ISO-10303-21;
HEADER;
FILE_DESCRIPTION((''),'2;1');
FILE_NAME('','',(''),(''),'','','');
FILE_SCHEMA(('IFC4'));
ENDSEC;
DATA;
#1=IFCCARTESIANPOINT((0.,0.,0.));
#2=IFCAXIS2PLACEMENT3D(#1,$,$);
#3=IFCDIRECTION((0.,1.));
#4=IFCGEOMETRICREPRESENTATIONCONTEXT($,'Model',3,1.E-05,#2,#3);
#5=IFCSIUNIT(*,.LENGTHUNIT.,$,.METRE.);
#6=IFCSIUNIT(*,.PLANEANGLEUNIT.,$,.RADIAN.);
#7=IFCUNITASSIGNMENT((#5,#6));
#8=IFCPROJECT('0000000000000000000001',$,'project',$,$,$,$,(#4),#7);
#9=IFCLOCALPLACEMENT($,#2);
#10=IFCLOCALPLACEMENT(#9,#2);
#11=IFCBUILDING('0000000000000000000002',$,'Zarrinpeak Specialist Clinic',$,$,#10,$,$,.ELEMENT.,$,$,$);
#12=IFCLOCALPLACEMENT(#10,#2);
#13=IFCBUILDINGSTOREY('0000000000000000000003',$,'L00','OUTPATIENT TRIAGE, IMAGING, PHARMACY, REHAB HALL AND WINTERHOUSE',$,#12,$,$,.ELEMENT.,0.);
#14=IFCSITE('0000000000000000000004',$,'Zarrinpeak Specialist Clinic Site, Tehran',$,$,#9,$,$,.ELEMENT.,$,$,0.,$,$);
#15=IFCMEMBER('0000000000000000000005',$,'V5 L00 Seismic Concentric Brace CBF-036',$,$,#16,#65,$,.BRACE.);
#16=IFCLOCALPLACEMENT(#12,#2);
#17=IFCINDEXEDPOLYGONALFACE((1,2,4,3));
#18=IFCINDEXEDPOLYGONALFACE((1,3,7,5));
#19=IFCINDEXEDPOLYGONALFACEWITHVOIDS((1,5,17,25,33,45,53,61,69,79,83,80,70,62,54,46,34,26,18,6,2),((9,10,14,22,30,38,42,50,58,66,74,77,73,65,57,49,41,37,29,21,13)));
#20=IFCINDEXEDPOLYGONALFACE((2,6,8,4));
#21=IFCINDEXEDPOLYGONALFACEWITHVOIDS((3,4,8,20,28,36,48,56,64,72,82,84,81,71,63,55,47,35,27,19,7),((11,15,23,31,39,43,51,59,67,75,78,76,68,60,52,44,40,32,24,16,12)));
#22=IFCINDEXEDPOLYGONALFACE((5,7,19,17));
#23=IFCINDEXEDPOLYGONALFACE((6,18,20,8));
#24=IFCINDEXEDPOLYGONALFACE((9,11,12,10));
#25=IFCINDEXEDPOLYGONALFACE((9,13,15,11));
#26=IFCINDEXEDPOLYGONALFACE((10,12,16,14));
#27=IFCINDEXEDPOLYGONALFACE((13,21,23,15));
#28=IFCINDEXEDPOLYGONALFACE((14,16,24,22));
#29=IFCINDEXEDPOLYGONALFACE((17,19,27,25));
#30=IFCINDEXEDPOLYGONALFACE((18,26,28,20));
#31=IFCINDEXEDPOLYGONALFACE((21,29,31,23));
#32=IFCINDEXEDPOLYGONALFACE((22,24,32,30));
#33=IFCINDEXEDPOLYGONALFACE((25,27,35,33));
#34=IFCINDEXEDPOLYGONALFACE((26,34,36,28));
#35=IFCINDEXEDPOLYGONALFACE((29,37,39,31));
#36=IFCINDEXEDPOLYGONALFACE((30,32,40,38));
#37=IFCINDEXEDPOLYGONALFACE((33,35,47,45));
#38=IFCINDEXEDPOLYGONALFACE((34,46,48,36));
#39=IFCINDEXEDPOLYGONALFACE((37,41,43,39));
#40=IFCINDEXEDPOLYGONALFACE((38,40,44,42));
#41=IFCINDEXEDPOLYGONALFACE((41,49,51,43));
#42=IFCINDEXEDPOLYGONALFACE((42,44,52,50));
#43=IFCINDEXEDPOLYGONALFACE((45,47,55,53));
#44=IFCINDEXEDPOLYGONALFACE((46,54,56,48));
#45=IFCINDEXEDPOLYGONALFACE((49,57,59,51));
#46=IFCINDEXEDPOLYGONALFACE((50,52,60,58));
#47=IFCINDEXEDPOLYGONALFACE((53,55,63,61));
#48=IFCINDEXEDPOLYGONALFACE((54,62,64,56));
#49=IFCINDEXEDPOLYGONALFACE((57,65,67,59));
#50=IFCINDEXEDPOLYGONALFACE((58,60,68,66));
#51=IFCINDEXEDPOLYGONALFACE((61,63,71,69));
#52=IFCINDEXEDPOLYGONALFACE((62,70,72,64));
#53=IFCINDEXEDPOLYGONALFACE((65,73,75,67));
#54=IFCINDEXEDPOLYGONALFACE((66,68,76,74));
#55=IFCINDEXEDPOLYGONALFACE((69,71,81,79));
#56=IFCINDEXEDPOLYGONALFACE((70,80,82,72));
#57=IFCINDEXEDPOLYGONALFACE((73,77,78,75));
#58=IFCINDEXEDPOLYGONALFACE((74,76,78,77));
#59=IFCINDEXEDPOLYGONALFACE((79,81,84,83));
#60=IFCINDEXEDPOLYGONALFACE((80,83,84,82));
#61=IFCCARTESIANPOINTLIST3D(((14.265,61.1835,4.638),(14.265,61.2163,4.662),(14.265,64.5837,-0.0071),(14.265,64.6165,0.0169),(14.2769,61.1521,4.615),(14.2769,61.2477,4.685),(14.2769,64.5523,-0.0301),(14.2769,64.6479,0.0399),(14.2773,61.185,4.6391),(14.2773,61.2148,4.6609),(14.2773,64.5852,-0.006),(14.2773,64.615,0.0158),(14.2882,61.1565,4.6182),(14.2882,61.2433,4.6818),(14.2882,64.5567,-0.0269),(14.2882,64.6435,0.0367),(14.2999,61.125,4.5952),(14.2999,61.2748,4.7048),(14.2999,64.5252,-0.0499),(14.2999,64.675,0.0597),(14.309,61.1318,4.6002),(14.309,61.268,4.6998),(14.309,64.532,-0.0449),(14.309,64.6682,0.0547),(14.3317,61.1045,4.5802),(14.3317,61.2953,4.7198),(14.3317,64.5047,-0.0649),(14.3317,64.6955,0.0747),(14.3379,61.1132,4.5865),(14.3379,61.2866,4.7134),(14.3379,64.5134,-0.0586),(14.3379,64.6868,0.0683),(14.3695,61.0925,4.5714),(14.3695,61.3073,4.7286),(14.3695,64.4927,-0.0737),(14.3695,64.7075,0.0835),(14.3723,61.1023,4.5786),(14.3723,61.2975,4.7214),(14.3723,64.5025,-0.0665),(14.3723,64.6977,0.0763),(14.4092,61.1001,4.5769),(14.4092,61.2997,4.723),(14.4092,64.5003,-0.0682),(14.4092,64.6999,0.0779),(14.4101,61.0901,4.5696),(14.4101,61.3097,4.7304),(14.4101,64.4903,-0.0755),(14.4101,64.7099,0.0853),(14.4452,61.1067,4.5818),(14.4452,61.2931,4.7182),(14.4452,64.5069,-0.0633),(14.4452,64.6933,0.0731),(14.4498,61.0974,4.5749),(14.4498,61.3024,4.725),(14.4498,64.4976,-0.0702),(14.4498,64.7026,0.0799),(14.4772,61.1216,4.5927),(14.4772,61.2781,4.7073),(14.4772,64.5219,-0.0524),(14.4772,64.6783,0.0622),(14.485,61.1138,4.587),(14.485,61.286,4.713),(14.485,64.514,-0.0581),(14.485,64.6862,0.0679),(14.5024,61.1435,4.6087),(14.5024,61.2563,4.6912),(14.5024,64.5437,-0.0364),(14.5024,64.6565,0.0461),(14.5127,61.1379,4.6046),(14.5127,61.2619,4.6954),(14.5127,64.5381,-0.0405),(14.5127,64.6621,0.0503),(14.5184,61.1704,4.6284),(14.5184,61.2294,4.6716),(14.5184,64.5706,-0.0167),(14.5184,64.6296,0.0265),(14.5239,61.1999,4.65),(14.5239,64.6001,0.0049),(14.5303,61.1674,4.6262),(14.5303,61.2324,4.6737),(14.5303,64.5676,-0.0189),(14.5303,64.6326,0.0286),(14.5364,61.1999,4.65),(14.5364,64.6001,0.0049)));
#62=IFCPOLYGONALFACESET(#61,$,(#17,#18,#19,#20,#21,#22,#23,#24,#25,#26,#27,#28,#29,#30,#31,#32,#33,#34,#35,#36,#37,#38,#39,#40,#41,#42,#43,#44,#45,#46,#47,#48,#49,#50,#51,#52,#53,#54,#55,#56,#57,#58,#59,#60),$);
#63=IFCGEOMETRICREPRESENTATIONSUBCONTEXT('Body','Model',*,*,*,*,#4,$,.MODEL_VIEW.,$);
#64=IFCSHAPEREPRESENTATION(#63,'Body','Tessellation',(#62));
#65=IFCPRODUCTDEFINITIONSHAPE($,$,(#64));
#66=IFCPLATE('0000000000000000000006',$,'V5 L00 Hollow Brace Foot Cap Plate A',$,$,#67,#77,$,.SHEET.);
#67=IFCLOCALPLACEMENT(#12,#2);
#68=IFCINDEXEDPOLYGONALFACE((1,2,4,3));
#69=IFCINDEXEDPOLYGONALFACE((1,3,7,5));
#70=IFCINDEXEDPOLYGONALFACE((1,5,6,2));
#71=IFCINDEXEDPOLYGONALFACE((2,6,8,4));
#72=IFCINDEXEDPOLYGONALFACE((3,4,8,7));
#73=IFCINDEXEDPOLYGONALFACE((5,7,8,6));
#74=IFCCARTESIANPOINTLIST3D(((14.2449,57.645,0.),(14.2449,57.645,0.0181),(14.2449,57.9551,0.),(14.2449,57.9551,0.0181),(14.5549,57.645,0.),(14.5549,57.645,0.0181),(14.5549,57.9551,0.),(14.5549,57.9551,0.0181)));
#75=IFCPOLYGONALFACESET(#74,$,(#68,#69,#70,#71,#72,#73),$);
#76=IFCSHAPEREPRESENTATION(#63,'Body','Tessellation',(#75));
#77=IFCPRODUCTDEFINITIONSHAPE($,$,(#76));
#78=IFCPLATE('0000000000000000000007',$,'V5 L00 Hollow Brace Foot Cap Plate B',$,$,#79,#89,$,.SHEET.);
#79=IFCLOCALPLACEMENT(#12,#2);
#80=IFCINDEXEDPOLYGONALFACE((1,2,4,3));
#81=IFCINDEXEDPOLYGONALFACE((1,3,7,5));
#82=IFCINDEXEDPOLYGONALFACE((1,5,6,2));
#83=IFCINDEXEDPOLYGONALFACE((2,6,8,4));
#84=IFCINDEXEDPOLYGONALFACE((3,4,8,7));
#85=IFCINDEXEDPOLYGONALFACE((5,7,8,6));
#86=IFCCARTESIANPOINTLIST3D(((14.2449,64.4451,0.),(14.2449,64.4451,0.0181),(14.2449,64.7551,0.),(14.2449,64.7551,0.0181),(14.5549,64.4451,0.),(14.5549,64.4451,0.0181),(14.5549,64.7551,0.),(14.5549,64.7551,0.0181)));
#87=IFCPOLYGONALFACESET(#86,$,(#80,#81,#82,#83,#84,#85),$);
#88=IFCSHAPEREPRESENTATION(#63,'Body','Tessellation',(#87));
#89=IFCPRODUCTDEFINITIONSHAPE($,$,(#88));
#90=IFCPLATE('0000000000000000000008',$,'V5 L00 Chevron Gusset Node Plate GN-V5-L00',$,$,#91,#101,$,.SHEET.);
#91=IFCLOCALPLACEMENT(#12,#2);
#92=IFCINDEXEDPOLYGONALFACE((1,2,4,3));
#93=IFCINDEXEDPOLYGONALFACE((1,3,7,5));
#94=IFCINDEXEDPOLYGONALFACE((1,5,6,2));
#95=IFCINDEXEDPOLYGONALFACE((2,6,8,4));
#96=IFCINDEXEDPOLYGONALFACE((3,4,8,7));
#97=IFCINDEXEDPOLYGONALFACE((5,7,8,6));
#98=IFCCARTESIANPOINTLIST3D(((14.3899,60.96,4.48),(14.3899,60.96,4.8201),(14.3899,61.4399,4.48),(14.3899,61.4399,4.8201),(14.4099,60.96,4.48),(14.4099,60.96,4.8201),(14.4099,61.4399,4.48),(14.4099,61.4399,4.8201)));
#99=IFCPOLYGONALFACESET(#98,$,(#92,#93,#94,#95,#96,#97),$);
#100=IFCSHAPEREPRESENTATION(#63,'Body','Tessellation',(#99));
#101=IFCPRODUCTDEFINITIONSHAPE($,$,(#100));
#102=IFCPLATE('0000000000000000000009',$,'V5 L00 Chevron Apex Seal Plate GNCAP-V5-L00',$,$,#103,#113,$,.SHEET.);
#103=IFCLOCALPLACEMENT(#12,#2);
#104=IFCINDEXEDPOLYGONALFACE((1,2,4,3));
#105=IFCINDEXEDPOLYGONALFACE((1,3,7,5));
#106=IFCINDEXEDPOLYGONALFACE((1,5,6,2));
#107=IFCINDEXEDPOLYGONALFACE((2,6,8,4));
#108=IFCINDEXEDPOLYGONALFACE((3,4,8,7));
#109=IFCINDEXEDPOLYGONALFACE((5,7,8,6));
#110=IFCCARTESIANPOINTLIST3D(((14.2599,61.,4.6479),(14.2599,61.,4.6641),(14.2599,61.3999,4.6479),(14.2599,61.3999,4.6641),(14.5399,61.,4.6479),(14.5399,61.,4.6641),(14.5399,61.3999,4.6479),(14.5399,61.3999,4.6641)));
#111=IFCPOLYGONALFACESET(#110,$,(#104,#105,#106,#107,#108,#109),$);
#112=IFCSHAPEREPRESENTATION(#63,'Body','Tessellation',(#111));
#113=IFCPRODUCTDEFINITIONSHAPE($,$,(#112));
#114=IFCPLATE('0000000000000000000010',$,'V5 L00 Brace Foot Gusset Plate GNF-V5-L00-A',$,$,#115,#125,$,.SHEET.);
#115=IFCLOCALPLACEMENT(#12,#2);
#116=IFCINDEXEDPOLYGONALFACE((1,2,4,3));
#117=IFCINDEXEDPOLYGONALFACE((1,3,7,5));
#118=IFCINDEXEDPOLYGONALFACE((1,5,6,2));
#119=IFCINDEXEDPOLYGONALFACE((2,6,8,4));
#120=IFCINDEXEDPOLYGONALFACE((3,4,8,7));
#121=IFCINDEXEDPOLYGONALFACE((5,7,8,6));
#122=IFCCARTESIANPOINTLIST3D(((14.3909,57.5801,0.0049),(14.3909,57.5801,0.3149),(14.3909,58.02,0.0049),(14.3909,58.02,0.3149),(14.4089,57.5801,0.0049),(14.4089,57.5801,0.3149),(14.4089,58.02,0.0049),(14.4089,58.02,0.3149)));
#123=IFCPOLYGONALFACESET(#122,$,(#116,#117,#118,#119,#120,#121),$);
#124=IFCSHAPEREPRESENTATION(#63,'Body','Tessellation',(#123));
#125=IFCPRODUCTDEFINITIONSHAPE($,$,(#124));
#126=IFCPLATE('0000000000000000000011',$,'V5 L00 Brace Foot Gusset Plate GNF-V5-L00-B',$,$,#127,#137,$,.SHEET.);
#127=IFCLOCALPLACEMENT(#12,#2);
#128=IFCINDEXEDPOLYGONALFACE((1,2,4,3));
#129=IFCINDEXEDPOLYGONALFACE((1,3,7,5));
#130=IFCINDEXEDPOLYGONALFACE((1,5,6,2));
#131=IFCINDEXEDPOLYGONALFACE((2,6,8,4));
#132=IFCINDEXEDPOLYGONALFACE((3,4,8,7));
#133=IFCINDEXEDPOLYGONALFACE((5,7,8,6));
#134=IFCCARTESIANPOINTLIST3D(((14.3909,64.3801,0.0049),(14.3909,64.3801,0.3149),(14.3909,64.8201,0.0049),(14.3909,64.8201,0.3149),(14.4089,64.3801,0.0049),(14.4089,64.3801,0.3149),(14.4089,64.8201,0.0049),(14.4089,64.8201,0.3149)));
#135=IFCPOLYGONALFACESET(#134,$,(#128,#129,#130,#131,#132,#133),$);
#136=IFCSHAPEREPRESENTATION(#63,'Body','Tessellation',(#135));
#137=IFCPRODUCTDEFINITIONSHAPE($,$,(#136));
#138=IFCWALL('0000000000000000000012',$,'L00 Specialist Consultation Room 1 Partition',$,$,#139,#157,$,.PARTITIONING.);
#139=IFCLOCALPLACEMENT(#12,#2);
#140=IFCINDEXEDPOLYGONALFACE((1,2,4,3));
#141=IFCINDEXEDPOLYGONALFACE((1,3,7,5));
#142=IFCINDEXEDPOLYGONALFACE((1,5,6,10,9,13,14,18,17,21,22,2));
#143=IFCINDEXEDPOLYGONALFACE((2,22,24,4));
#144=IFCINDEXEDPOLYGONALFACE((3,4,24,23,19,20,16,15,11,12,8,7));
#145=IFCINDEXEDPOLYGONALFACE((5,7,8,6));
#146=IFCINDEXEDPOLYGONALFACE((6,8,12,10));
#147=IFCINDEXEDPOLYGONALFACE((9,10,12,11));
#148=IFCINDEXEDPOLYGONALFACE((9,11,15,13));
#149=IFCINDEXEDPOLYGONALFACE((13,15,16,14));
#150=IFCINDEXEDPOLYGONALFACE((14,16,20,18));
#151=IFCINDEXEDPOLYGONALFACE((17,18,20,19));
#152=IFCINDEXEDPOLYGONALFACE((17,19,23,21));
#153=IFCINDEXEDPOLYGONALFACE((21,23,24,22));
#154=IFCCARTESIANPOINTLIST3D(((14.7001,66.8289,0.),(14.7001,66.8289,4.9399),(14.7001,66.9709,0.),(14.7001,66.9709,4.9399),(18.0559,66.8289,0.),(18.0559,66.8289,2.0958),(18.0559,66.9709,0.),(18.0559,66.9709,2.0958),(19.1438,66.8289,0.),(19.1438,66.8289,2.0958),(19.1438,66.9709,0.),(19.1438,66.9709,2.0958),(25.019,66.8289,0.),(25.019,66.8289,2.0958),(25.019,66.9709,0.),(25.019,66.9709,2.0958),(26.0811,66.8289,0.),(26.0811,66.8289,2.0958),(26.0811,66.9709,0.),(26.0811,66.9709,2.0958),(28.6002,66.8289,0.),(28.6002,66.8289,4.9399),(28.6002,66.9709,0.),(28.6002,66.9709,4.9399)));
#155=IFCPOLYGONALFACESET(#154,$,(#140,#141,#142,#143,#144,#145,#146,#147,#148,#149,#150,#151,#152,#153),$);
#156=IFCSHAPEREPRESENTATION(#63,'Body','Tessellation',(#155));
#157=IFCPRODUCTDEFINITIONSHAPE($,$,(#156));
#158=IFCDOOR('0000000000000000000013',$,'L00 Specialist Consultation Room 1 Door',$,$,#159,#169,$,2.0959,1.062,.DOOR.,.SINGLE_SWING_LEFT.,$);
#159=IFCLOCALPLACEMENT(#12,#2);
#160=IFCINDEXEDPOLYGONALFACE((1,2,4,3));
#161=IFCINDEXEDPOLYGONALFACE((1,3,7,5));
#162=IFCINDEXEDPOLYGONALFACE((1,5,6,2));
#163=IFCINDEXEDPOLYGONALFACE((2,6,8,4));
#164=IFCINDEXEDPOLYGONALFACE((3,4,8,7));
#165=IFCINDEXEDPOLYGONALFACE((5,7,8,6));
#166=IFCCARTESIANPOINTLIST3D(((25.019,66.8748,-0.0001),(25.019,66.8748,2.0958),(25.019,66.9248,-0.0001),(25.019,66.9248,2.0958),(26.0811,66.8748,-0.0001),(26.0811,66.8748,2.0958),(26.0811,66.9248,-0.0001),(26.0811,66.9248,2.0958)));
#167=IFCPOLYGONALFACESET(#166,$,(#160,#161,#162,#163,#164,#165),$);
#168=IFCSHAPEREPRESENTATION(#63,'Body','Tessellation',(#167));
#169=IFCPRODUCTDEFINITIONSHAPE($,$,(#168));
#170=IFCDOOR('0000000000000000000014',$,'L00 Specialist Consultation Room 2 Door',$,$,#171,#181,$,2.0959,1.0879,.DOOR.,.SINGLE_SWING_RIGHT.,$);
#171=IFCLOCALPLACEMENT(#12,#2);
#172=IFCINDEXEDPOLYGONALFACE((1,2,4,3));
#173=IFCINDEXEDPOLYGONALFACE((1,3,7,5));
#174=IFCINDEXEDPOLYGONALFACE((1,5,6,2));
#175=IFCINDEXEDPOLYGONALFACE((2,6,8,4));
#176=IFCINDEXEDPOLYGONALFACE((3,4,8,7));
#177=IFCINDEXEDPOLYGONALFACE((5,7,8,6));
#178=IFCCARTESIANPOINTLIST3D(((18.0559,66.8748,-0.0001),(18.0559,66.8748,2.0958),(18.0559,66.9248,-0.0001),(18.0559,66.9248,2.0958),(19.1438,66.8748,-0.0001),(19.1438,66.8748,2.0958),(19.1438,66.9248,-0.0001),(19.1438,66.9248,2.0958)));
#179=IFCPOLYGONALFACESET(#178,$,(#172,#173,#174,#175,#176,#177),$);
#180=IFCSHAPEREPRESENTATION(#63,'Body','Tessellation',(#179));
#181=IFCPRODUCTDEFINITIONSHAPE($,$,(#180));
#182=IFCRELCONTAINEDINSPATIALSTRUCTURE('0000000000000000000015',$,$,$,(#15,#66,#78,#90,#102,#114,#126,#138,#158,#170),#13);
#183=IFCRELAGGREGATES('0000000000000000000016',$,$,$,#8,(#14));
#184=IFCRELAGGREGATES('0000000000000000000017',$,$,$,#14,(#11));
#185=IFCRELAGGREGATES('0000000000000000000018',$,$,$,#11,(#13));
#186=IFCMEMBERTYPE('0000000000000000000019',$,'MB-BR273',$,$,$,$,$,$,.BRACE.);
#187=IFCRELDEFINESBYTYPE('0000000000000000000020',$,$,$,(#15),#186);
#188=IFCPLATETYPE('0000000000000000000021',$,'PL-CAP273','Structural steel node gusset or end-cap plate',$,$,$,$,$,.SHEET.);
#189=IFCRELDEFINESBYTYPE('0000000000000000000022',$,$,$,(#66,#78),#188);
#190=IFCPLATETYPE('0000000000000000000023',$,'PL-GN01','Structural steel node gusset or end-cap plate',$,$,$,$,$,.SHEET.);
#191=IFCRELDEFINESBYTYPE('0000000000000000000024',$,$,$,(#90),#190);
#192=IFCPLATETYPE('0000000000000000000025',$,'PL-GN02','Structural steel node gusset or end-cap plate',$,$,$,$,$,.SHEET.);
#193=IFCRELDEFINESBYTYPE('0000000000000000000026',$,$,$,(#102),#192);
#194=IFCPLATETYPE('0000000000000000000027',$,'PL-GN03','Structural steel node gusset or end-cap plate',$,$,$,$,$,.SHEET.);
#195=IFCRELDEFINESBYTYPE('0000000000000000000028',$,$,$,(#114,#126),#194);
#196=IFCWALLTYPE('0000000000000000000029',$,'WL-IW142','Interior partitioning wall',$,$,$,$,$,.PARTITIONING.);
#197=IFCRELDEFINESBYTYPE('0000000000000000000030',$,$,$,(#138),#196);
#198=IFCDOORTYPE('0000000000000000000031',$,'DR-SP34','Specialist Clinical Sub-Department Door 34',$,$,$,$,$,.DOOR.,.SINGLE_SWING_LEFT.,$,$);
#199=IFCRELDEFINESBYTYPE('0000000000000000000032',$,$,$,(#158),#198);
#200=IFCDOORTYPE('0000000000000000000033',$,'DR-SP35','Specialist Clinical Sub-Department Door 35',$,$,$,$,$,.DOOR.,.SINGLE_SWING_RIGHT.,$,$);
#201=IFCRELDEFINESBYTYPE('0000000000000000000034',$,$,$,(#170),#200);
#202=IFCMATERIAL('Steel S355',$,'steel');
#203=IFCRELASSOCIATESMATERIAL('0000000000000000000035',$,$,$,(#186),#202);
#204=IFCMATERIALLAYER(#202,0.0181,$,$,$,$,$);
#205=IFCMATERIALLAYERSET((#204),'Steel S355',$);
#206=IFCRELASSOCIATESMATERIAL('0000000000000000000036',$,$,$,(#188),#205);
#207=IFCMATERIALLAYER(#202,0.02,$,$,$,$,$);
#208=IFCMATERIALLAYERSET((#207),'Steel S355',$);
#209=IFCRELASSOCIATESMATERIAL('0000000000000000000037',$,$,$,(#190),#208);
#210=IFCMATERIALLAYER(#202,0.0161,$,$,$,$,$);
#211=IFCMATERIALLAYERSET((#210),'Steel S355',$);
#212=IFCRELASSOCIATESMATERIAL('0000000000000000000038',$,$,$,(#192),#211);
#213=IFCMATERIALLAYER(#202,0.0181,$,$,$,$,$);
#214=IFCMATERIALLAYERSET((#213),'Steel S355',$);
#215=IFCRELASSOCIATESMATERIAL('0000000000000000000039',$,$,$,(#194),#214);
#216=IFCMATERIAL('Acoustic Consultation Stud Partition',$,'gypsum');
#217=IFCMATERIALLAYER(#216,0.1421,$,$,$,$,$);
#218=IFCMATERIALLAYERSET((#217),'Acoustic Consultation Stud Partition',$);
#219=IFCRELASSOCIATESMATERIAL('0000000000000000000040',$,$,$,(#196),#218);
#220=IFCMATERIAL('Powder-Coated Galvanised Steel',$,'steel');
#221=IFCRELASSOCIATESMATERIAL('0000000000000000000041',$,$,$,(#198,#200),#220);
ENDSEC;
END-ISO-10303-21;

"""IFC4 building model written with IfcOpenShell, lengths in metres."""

from ifc_helpers import new_model, si_unit, direction, frame, frame_2d, origin, origin_2d, place, context, subcontext, project, spatial, rectangle, hollow_circle, extrude, material, layer, layer_set, material_profile, profile_set, type_object, element, fill, save


model = new_model("IFC4")

# Units and contexts
model_context = context("Model", 3, precision=1e-05, world=origin(), true_north=direction((0.0, 1.0)))
body_context = subcontext(model_context, "Body", "Model", "MODEL_VIEW")
ifc_project = project(units=[si_unit("LENGTHUNIT", "METRE"), si_unit("PLANEANGLEUNIT", "RADIAN")], contexts=[model_context])

# Site, building, storey
site_placement = place(None, origin())
site = spatial("IfcSite", under=ifc_project, at=site_placement, Name="Zarrinpeak Specialist Clinic Site, Tehran", CompositionType="ELEMENT", RefElevation=0.0)
building_placement = place(site_placement, origin())
building = spatial("IfcBuilding", under=site, at=building_placement, Name="Zarrinpeak Specialist Clinic", CompositionType="ELEMENT")
storey_placement = place(building_placement, origin())
storey = spatial("IfcBuildingStorey", under=building, at=storey_placement, Name="L00", Description="OUTPATIENT TRIAGE, IMAGING, PHARMACY, REHAB HALL AND WINTERHOUSE", CompositionType="ELEMENT", Elevation=0.0)

# Shared definitions
ifc_material_1 = material(Name="Steel S355", Category="steel")

# Member
ifc_material_profile_1 = material_profile(ifc_material_1, hollow_circle(Radius=0.1365, WallThickness=0.0125, at=origin_2d()), Name="CHS 273.0x12.5")
ifc_profile_set_1 = profile_set([ifc_material_profile_1], Name="Steel S355")
member_type = type_object("IfcMemberType", Name="MB-BR273", PredefinedType="BRACE", material=ifc_profile_set_1)
member_1_placement = place(storey_placement, frame((14.3999, 64.6001, 0.0049), z_axis=(0.0, -0.590663, 0.806918), x_axis=(1.0, 0.0, 0.0)))
element("IfcMember", 1, at=member_1_placement, inside=storey, type_object=member_type, Name="V5 L00 Seismic Concentric Brace CBF-036", PredefinedType="BRACE", context=body_context, shape_type="SweptSolid", body=[
    extrude(hollow_circle(Radius=0.1365, WallThickness=0.0125, at=origin_2d()), origin(), (0.0, 0.0, 1.0), 5.7566),
])

# Plates
ifc_layer_1 = layer(ifc_material_1, 0.0181)
ifc_layer_set_1 = layer_set([ifc_layer_1], Name="Steel S355")
plate_type_1 = type_object("IfcPlateType", Name="PL-CAP273", Description="Structural steel node gusset or end-cap plate", PredefinedType="SHEET", material=ifc_layer_set_1)
for number, where, z_axis, x_axis, name in (
    (2, (14.3999, 57.8, 0.0), (0.0, 0.0, 1.0), (1.0, 0.0, 0.0), "V5 L00 Hollow Brace Foot Cap Plate A"),
    (3, (14.3999, 64.6001, 0.0), (0.0, 0.0, 1.0), (1.0, 0.0, 0.0), "V5 L00 Hollow Brace Foot Cap Plate B"),
):
    element("IfcPlate", number, at=place(storey_placement, frame(where, z_axis=z_axis, x_axis=x_axis)), inside=storey, type_object=plate_type_1, Name=name, PredefinedType="SHEET", context=body_context, shape_type="SweptSolid", body=[
        extrude(rectangle(XDim=0.3101, YDim=0.3101, at=origin_2d()), origin(), (0.0, 0.0, 1.0), 0.0181),
    ])
ifc_layer_2 = layer(ifc_material_1, 0.02)
ifc_layer_set_2 = layer_set([ifc_layer_2], Name="Steel S355")
plate_type_2 = type_object("IfcPlateType", Name="PL-GN01", Description="Structural steel node gusset or end-cap plate", PredefinedType="SHEET", material=ifc_layer_set_2)
plate_1_placement = place(storey_placement, frame((14.3999, 61.2, 4.48), z_axis=(0.0, 0.0, 1.0), x_axis=(1.0, 0.0, 0.0)))
element("IfcPlate", 4, at=plate_1_placement, inside=storey, type_object=plate_type_2, Name="V5 L00 Chevron Gusset Node Plate GN-V5-L00", PredefinedType="SHEET", context=body_context, shape_type="SweptSolid", body=[
    extrude(rectangle(XDim=0.02, YDim=0.48, at=origin_2d()), origin(), (0.0, 0.0, 1.0), 0.3401),
])
ifc_layer_3 = layer(ifc_material_1, 0.0161)
ifc_layer_set_3 = layer_set([ifc_layer_3], Name="Steel S355")
plate_type_3 = type_object("IfcPlateType", Name="PL-GN02", Description="Structural steel node gusset or end-cap plate", PredefinedType="SHEET", material=ifc_layer_set_3)
plate_2_placement = place(storey_placement, frame((14.3999, 61.2, 4.6479), z_axis=(0.0, 0.0, 1.0), x_axis=(1.0, 0.0, 0.0)))
element("IfcPlate", 5, at=plate_2_placement, inside=storey, type_object=plate_type_3, Name="V5 L00 Chevron Apex Seal Plate GNCAP-V5-L00", PredefinedType="SHEET", context=body_context, shape_type="SweptSolid", body=[
    extrude(rectangle(XDim=0.28, YDim=0.3999, at=origin_2d()), origin(), (0.0, 0.0, 1.0), 0.0161),
])
ifc_layer_4 = layer(ifc_material_1, 0.0181)
ifc_layer_set_4 = layer_set([ifc_layer_4], Name="Steel S355")
plate_type_4 = type_object("IfcPlateType", Name="PL-GN03", Description="Structural steel node gusset or end-cap plate", PredefinedType="SHEET", material=ifc_layer_set_4)
for number, where, z_axis, x_axis, name in (
    (6, (14.3999, 57.8, 0.0049), (0.0, 0.0, 1.0), (1.0, 0.0, 0.0), "V5 L00 Brace Foot Gusset Plate GNF-V5-L00-A"),
    (7, (14.3999, 64.6001, 0.0049), (0.0, 0.0, 1.0), (1.0, 0.0, 0.0), "V5 L00 Brace Foot Gusset Plate GNF-V5-L00-B"),
):
    element("IfcPlate", number, at=place(storey_placement, frame(where, z_axis=z_axis, x_axis=x_axis)), inside=storey, type_object=plate_type_4, Name=name, PredefinedType="SHEET", context=body_context, shape_type="SweptSolid", body=[
        extrude(rectangle(XDim=0.0181, YDim=0.4399, at=origin_2d()), origin(), (0.0, 0.0, 1.0), 0.3101),
    ])

# Wall, openings, doors
ifc_material_2 = material(Name="Acoustic Consultation Stud Partition", Category="gypsum")
ifc_layer_5 = layer(ifc_material_2, 0.1421)
ifc_layer_set_5 = layer_set([ifc_layer_5], Name="Acoustic Consultation Stud Partition")
wall_type_1 = type_object("IfcWallType", Name="WL-IW142", Description="Interior partitioning wall", PredefinedType="PARTITIONING", material=ifc_layer_set_5)
wall_1_placement = place(storey_placement, frame((14.7, 66.8999, 0.0), z_axis=(0.0, 0.0, 1.0), x_axis=(1.0, 0.0, 0.0)))
wall_1 = element("IfcWall", 8, at=wall_1_placement, inside=storey, type_object=wall_type_1, Name="L00 Specialist Consultation Room 1 Partition", PredefinedType="PARTITIONING", context=body_context, shape_type="SweptSolid", body=[
    extrude(rectangle(XDim=13.9001, YDim=0.1421, at=frame_2d((6.9502, 0.0))), origin(), (0.0, 0.0, 1.0), 4.9399),
])
opening_1_placement = place(wall_1_placement, frame((10.3191, 0.0, 0.0)))
opening_1 = element("IfcOpeningElement", 9, at=opening_1_placement, cuts=wall_1, PredefinedType="OPENING", context=body_context, shape_type="SweptSolid", body=[
    extrude(rectangle(XDim=1.062, YDim=2.0959, at=frame_2d((0.531, 1.0479))), frame((0.0, 0.0811, 0.0), z_axis=(0.0, -1.0, 0.0), x_axis=(1.0, 0.0, 0.0)), (0.0, 0.0, 1.0), 0.1621),
])
opening_2_placement = place(wall_1_placement, frame((3.356, 0.0, 0.0)))
opening_2 = element("IfcOpeningElement", 10, at=opening_2_placement, cuts=wall_1, PredefinedType="OPENING", context=body_context, shape_type="SweptSolid", body=[
    extrude(rectangle(XDim=1.0879, YDim=2.0959, at=frame_2d((0.5439, 1.0479))), frame((0.0, 0.0811, 0.0), z_axis=(0.0, -1.0, 0.0), x_axis=(1.0, 0.0, 0.0)), (0.0, 0.0, 1.0), 0.1621),
])
ifc_material_3 = material(Name="Powder-Coated Galvanised Steel", Category="steel")
door_type_1 = type_object("IfcDoorType", Name="DR-SP34", Description="Specialist Clinical Sub-Department Door 34", OperationType="SINGLE_SWING_LEFT", PredefinedType="DOOR", material=ifc_material_3)
door_1_placement = place(opening_1_placement, origin())
door_1 = element("IfcDoor", 11, at=door_1_placement, inside=storey, type_object=door_type_1, Name="L00 Specialist Consultation Room 1 Door", OperationType="SINGLE_SWING_LEFT", OverallHeight=2.0959, OverallWidth=1.062, PredefinedType="DOOR", context=body_context, shape_type="SweptSolid", body=[
    extrude(rectangle(XDim=1.062, YDim=2.0959, at=frame_2d((0.531, 1.0479))), frame((0.0, 0.0249, 0.0), z_axis=(0.0, -1.0, 0.0), x_axis=(1.0, 0.0, 0.0)), (0.0, 0.0, 1.0), 0.05),
])
fill(opening_1, door_1)
door_type_2 = type_object("IfcDoorType", Name="DR-SP35", Description="Specialist Clinical Sub-Department Door 35", OperationType="SINGLE_SWING_RIGHT", PredefinedType="DOOR", material=ifc_material_3)
door_2_placement = place(opening_2_placement, origin())
door_2 = element("IfcDoor", 12, at=door_2_placement, inside=storey, type_object=door_type_2, Name="L00 Specialist Consultation Room 2 Door", OperationType="SINGLE_SWING_RIGHT", OverallHeight=2.0959, OverallWidth=1.0879, PredefinedType="DOOR", context=body_context, shape_type="SweptSolid", body=[
    extrude(rectangle(XDim=1.0879, YDim=2.0959, at=frame_2d((0.5439, 1.0479))), frame((0.0, 0.0249, 0.0), z_axis=(0.0, -1.0, 0.0), x_axis=(1.0, 0.0, 0.0)), (0.0, 0.0, 1.0), 0.05),
])
fill(opening_2, door_2)

save(model, "model.ifc")
